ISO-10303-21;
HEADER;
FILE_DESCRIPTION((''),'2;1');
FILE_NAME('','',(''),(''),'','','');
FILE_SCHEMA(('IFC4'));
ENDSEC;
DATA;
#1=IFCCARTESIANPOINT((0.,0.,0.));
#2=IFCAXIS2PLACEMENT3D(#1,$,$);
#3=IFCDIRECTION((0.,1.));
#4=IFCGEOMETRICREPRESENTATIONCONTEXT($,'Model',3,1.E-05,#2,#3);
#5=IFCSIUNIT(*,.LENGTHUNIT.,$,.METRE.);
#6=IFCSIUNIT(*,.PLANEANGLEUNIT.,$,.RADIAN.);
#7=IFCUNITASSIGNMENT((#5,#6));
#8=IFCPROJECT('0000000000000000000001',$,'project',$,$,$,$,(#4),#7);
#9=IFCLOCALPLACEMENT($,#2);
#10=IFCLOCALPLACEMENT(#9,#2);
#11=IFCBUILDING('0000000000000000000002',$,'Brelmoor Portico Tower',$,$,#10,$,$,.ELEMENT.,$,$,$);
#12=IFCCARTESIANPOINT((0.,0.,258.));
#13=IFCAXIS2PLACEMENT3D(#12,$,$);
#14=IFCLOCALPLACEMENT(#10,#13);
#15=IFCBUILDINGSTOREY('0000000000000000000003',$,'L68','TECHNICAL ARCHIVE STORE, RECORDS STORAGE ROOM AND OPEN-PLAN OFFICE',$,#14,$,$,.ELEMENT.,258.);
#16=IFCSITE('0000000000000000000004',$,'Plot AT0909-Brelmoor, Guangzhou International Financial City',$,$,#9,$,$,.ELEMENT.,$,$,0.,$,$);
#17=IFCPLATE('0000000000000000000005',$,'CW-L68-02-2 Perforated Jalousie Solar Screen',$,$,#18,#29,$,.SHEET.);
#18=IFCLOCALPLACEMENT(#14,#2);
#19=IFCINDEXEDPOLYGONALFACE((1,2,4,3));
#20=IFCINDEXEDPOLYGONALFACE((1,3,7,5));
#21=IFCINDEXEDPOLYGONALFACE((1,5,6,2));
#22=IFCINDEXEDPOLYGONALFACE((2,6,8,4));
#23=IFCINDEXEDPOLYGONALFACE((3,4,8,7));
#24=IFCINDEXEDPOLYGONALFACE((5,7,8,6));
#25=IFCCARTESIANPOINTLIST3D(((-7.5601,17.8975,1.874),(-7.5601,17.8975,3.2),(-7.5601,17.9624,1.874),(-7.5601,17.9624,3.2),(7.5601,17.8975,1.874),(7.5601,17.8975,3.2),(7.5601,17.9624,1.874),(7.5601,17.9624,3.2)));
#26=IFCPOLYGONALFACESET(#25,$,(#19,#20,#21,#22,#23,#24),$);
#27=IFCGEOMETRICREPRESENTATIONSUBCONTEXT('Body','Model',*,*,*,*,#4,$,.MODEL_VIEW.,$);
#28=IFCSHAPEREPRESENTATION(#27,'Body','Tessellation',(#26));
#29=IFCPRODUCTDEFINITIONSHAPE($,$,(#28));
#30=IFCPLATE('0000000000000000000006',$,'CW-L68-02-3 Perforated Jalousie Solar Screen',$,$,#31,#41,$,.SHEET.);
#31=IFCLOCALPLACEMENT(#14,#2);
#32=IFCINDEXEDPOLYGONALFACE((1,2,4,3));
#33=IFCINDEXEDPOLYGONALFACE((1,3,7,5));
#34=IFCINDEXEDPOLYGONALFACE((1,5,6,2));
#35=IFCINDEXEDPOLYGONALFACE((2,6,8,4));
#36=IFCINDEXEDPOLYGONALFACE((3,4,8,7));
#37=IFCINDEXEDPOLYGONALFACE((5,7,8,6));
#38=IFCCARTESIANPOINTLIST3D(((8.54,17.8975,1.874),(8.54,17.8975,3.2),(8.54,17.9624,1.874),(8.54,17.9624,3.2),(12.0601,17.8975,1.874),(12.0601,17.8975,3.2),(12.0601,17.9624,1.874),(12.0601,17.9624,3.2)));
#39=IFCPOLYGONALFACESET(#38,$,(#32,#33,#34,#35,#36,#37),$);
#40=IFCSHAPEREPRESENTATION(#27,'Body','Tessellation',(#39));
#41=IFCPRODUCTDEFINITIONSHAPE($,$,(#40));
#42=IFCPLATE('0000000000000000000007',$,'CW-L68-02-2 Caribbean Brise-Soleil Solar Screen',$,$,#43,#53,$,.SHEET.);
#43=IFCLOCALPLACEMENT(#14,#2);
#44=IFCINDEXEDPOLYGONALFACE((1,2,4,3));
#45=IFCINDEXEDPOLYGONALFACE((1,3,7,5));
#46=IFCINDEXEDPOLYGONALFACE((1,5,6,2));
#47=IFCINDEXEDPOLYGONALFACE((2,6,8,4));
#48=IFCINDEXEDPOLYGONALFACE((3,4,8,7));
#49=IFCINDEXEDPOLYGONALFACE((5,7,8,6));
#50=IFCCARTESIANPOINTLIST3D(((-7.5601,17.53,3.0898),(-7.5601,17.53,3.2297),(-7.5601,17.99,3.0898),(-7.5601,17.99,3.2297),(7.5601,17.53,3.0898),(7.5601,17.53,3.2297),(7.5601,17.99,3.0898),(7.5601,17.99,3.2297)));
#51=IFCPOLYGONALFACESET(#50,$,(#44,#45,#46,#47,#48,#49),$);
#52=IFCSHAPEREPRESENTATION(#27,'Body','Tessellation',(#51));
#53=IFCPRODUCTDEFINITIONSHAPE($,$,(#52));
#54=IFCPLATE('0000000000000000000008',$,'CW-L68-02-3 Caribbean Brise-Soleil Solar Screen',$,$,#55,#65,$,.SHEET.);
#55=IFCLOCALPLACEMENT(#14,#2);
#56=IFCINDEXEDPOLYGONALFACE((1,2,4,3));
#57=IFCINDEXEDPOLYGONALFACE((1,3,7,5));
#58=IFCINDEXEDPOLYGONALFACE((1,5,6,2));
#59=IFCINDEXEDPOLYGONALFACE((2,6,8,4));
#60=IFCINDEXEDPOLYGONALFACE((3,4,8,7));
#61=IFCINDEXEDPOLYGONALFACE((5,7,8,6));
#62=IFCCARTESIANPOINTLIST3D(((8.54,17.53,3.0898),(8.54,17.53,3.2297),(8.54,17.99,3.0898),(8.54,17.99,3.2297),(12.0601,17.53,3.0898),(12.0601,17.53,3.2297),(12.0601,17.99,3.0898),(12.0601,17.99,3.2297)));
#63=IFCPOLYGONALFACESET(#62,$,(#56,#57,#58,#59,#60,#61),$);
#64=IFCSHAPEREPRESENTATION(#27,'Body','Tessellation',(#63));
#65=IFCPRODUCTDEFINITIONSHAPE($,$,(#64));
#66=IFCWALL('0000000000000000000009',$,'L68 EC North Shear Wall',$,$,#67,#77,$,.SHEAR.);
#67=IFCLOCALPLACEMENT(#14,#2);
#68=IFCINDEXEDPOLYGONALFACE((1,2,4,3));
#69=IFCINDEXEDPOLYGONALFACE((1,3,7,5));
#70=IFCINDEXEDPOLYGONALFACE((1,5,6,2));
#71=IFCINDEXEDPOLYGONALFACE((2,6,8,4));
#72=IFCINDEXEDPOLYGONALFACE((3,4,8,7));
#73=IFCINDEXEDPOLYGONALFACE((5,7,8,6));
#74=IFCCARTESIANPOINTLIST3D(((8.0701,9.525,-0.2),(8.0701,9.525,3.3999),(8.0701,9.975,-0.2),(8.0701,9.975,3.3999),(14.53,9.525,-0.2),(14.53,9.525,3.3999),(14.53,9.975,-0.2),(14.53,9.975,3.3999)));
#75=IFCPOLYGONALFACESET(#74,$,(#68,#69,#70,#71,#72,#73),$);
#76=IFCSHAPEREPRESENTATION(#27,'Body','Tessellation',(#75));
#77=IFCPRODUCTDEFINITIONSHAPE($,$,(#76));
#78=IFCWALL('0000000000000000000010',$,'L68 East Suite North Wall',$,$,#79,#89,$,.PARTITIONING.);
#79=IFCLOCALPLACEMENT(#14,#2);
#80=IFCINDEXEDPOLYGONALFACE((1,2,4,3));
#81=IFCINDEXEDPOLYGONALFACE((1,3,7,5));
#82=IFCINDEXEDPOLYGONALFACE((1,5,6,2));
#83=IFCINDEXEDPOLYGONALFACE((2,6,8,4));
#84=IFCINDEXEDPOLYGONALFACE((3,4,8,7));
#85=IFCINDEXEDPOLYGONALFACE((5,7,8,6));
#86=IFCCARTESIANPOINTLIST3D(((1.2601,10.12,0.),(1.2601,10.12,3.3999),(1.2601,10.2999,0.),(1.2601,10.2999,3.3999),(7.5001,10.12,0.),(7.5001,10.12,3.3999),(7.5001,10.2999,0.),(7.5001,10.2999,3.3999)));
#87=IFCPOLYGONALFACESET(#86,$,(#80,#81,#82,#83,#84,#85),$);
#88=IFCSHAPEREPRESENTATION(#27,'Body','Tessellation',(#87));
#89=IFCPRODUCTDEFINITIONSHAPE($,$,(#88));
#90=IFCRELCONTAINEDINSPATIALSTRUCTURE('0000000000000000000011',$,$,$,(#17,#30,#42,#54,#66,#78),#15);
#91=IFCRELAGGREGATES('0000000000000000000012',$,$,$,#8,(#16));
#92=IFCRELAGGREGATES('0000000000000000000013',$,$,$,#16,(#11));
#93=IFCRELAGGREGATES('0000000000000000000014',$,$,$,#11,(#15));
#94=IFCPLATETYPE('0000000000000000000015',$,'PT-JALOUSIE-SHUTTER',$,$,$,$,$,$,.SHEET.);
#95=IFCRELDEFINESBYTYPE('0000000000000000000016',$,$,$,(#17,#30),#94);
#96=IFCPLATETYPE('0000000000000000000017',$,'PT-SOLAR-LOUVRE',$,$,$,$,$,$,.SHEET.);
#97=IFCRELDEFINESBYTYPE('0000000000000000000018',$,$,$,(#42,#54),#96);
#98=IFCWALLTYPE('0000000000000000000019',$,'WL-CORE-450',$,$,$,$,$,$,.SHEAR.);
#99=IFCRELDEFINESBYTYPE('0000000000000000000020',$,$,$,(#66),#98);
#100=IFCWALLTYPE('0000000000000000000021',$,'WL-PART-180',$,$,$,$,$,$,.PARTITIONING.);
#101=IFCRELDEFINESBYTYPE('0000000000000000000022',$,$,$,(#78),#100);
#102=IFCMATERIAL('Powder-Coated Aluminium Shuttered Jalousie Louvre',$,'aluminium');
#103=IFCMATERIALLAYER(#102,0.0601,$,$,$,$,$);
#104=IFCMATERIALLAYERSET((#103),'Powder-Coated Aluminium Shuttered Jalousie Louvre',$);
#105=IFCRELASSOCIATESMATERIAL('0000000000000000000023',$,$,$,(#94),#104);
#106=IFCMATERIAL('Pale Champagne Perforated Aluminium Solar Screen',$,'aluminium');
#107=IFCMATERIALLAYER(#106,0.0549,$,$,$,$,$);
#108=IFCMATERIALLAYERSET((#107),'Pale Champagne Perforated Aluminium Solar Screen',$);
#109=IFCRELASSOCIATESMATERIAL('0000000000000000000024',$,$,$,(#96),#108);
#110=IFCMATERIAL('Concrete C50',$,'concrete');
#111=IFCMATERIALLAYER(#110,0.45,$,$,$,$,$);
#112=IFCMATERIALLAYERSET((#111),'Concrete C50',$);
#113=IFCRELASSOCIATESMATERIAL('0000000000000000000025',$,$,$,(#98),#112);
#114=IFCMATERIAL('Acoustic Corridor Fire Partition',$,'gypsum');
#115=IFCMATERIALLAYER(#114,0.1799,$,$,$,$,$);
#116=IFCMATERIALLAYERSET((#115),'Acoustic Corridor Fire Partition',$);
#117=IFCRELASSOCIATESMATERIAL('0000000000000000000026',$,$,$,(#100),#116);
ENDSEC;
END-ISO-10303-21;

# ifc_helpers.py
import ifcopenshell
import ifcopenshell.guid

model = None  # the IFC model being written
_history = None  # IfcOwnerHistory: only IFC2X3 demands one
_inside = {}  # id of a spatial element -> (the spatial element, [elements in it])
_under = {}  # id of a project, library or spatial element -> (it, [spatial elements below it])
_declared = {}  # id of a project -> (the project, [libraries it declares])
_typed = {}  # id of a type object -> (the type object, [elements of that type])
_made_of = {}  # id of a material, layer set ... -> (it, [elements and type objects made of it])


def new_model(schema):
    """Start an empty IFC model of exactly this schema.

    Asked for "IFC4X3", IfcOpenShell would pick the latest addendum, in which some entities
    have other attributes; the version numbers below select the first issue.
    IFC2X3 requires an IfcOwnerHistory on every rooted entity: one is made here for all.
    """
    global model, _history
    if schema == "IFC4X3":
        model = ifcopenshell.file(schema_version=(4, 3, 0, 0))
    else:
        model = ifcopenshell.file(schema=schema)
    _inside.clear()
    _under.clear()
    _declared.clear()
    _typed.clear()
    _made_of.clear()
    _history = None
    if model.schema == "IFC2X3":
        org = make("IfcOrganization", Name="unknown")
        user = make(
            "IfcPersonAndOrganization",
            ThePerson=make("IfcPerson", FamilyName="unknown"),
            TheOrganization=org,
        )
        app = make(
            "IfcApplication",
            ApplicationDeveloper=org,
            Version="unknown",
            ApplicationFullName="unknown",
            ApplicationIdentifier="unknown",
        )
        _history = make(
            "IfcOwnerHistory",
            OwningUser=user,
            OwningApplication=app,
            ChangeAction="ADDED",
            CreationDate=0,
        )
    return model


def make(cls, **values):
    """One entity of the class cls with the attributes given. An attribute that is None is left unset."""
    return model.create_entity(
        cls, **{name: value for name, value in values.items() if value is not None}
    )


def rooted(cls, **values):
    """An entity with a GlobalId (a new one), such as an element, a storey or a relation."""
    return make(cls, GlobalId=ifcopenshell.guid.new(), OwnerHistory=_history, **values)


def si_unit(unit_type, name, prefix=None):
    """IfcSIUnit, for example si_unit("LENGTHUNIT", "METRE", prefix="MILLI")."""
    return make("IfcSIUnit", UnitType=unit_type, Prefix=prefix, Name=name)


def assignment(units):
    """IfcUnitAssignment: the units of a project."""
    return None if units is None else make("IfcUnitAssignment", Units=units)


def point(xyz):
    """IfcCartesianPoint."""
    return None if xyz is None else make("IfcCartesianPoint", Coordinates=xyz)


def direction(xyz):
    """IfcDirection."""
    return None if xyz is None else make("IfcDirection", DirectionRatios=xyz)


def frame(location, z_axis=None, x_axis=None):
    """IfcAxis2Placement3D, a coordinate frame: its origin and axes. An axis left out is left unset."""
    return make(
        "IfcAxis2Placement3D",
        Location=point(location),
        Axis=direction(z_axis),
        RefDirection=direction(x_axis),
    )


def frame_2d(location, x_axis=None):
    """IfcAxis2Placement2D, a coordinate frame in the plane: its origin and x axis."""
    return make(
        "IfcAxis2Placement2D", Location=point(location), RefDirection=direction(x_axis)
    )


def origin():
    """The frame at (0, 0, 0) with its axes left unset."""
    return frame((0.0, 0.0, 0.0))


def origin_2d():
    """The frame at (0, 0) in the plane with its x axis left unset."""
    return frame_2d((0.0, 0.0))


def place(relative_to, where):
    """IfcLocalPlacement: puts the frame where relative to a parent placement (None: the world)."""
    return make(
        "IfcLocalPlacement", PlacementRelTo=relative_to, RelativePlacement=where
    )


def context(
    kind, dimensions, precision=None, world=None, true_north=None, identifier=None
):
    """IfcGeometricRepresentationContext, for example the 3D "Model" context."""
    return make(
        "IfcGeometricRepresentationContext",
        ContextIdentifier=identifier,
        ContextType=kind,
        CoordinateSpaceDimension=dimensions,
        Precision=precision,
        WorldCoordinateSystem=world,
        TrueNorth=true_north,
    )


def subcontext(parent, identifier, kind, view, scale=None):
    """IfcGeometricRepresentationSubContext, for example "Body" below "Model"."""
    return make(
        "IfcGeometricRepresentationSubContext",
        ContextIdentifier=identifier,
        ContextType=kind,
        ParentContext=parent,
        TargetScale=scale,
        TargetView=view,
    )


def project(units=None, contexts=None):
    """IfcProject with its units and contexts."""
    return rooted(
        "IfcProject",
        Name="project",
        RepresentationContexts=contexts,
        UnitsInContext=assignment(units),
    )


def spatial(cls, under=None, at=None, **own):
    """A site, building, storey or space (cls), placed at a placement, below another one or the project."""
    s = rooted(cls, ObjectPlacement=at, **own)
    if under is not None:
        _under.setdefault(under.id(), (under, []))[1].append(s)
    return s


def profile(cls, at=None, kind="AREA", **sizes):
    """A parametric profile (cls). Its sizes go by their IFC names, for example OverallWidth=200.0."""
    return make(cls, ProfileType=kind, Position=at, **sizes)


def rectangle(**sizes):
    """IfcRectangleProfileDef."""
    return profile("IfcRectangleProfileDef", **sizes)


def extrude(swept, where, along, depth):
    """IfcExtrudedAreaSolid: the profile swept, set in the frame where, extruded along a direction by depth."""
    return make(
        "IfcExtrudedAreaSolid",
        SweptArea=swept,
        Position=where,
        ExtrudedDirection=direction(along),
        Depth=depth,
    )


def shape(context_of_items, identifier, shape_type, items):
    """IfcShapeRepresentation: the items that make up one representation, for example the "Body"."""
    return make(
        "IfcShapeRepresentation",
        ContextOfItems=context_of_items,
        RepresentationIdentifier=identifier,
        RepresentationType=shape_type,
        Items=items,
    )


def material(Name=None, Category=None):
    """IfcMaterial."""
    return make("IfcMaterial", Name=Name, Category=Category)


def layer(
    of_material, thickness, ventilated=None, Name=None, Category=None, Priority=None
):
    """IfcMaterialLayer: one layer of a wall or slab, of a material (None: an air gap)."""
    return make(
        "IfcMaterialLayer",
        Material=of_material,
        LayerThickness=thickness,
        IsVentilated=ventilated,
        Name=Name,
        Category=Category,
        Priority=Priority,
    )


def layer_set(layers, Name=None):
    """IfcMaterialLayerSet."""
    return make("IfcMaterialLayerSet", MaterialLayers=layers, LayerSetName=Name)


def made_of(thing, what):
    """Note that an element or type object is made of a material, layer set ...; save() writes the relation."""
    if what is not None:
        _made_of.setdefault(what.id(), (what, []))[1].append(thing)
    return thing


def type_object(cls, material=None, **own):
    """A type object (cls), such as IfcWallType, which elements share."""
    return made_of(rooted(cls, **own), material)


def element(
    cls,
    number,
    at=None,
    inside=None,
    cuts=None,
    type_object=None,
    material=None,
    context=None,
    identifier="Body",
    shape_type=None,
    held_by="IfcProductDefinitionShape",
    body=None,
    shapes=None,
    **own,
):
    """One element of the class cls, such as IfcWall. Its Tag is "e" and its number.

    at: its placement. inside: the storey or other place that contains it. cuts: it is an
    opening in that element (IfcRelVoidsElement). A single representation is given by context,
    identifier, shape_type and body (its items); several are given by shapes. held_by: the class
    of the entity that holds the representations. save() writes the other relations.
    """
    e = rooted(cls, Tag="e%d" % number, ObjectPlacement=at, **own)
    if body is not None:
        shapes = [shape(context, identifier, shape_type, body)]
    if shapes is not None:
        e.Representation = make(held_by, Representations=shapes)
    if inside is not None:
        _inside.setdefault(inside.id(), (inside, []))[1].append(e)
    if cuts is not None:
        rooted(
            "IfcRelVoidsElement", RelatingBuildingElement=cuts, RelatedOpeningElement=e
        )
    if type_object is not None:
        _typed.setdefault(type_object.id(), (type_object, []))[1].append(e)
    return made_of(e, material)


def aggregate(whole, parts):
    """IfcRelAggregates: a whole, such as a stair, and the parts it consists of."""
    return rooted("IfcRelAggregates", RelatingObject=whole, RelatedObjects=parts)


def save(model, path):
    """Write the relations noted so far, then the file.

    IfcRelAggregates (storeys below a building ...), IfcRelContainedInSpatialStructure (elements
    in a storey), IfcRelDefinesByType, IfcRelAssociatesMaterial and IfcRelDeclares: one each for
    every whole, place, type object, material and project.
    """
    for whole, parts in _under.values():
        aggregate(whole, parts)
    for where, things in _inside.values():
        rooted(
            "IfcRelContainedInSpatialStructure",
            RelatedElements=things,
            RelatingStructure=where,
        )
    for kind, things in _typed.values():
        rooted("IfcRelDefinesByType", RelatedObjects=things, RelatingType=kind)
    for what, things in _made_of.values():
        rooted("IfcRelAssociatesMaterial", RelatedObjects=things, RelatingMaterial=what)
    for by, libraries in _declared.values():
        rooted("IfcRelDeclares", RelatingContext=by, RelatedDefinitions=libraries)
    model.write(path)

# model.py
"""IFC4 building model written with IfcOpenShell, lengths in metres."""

from ifc_helpers import new_model, si_unit, direction, frame, frame_2d, origin, origin_2d, place, context, subcontext, project, spatial, rectangle, extrude, material, layer, layer_set, type_object, element, save


model = new_model("IFC4")

# Units and contexts
model_context = context("Model", 3, precision=1e-05, world=origin(), true_north=direction((0.0, 1.0)))
body_context = subcontext(model_context, "Body", "Model", "MODEL_VIEW")
ifc_project = project(units=[si_unit("LENGTHUNIT", "METRE"), si_unit("PLANEANGLEUNIT", "RADIAN")], contexts=[model_context])

# Site, building, storey
site_placement = place(None, origin())
site = spatial("IfcSite", under=ifc_project, at=site_placement, Name="Plot AT0909-Brelmoor, Guangzhou International Financial City", CompositionType="ELEMENT", RefElevation=0.0)
building_placement = place(site_placement, origin())
building = spatial("IfcBuilding", under=site, at=building_placement, Name="Brelmoor Portico Tower", CompositionType="ELEMENT")
storey_placement = place(building_placement, frame((0.0, 0.0, 258.0)))
storey = spatial("IfcBuildingStorey", under=building, at=storey_placement, Name="L68", Description="TECHNICAL ARCHIVE STORE, RECORDS STORAGE ROOM AND OPEN-PLAN OFFICE", CompositionType="ELEMENT", Elevation=258.0)

# Plates
ifc_material_1 = material(Name="Powder-Coated Aluminium Shuttered Jalousie Louvre", Category="aluminium")
ifc_layer_1 = layer(ifc_material_1, 0.0601)
ifc_layer_set_1 = layer_set([ifc_layer_1], Name="Powder-Coated Aluminium Shuttered Jalousie Louvre")
plate_type_1 = type_object("IfcPlateType", Name="PT-JALOUSIE-SHUTTER", PredefinedType="SHEET", material=ifc_layer_set_1)
plate_1_placement = place(storey_placement, frame((0.0, 17.9299, 1.874), z_axis=(0.0, 0.0, 1.0), x_axis=(1.0, 0.0, 0.0)))
element("IfcPlate", 1, at=plate_1_placement, inside=storey, type_object=plate_type_1, Name="CW-L68-02-2 Perforated Jalousie Solar Screen", PredefinedType="SHEET", context=body_context, shape_type="SweptSolid", body=[
    extrude(rectangle(XDim=15.1201, YDim=0.0649, at=origin_2d()), origin(), (0.0, 0.0, 1.0), 1.3259),
])
plate_2_placement = place(storey_placement, frame((10.3, 17.9299, 1.874), z_axis=(0.0, 0.0, 1.0), x_axis=(1.0, 0.0, 0.0)))
element("IfcPlate", 2, at=plate_2_placement, inside=storey, type_object=plate_type_1, Name="CW-L68-02-3 Perforated Jalousie Solar Screen", PredefinedType="SHEET", context=body_context, shape_type="SweptSolid", body=[
    extrude(rectangle(XDim=3.52, YDim=0.0649, at=origin_2d()), origin(), (0.0, 0.0, 1.0), 1.3259),
])
ifc_material_2 = material(Name="Pale Champagne Perforated Aluminium Solar Screen", Category="aluminium")
ifc_layer_2 = layer(ifc_material_2, 0.0549)
ifc_layer_set_2 = layer_set([ifc_layer_2], Name="Pale Champagne Perforated Aluminium Solar Screen")
plate_type_2 = type_object("IfcPlateType", Name="PT-SOLAR-LOUVRE", PredefinedType="SHEET", material=ifc_layer_set_2)
plate_3_placement = place(storey_placement, frame((0.0, 17.76, 3.0898), z_axis=(0.0, 0.0, 1.0), x_axis=(1.0, 0.0, 0.0)))
element("IfcPlate", 3, at=plate_3_placement, inside=storey, type_object=plate_type_2, Name="CW-L68-02-2 Caribbean Brise-Soleil Solar Screen", PredefinedType="SHEET", context=body_context, shape_type="SweptSolid", body=[
    extrude(rectangle(XDim=15.1201, YDim=0.46, at=origin_2d()), origin(), (0.0, 0.0, 1.0), 0.1399),
])
plate_4_placement = place(storey_placement, frame((10.3, 17.76, 3.0898), z_axis=(0.0, 0.0, 1.0), x_axis=(1.0, 0.0, 0.0)))
element("IfcPlate", 4, at=plate_4_placement, inside=storey, type_object=plate_type_2, Name="CW-L68-02-3 Caribbean Brise-Soleil Solar Screen", PredefinedType="SHEET", context=body_context, shape_type="SweptSolid", body=[
    extrude(rectangle(XDim=3.52, YDim=0.46, at=origin_2d()), origin(), (0.0, 0.0, 1.0), 0.1399),
])

# Walls
ifc_material_3 = material(Name="Concrete C50", Category="concrete")
ifc_layer_3 = layer(ifc_material_3, 0.45)
ifc_layer_set_3 = layer_set([ifc_layer_3], Name="Concrete C50")
wall_type_1 = type_object("IfcWallType", Name="WL-CORE-450", PredefinedType="SHEAR", material=ifc_layer_set_3)
wall_1_placement = place(storey_placement, frame((8.0701, 9.75, -0.2), z_axis=(0.0, 0.0, 1.0), x_axis=(1.0, 0.0, 0.0)))
element("IfcWall", 5, at=wall_1_placement, inside=storey, type_object=wall_type_1, Name="L68 EC North Shear Wall", PredefinedType="SHEAR", context=body_context, shape_type="SweptSolid", body=[
    extrude(rectangle(XDim=6.46, YDim=0.45, at=frame_2d((3.23, 0.0))), origin(), (0.0, 0.0, 1.0), 3.5999),
])
ifc_material_4 = material(Name="Acoustic Corridor Fire Partition", Category="gypsum")
ifc_layer_4 = layer(ifc_material_4, 0.1799)
ifc_layer_set_4 = layer_set([ifc_layer_4], Name="Acoustic Corridor Fire Partition")
wall_type_2 = type_object("IfcWallType", Name="WL-PART-180", PredefinedType="PARTITIONING", material=ifc_layer_set_4)
wall_2_placement = place(storey_placement, frame((1.26, 10.21, 0.0), z_axis=(0.0, 0.0, 1.0), x_axis=(1.0, 0.0, 0.0)))
element("IfcWall", 6, at=wall_2_placement, inside=storey, type_object=wall_type_2, Name="L68 East Suite North Wall", PredefinedType="PARTITIONING", context=body_context, shape_type="SweptSolid", body=[
    extrude(rectangle(XDim=6.24, YDim=0.1799, at=frame_2d((3.1201, 0.0))), origin(), (0.0, 0.0, 1.0), 3.3999),
])

save(model, "model.ifc")
